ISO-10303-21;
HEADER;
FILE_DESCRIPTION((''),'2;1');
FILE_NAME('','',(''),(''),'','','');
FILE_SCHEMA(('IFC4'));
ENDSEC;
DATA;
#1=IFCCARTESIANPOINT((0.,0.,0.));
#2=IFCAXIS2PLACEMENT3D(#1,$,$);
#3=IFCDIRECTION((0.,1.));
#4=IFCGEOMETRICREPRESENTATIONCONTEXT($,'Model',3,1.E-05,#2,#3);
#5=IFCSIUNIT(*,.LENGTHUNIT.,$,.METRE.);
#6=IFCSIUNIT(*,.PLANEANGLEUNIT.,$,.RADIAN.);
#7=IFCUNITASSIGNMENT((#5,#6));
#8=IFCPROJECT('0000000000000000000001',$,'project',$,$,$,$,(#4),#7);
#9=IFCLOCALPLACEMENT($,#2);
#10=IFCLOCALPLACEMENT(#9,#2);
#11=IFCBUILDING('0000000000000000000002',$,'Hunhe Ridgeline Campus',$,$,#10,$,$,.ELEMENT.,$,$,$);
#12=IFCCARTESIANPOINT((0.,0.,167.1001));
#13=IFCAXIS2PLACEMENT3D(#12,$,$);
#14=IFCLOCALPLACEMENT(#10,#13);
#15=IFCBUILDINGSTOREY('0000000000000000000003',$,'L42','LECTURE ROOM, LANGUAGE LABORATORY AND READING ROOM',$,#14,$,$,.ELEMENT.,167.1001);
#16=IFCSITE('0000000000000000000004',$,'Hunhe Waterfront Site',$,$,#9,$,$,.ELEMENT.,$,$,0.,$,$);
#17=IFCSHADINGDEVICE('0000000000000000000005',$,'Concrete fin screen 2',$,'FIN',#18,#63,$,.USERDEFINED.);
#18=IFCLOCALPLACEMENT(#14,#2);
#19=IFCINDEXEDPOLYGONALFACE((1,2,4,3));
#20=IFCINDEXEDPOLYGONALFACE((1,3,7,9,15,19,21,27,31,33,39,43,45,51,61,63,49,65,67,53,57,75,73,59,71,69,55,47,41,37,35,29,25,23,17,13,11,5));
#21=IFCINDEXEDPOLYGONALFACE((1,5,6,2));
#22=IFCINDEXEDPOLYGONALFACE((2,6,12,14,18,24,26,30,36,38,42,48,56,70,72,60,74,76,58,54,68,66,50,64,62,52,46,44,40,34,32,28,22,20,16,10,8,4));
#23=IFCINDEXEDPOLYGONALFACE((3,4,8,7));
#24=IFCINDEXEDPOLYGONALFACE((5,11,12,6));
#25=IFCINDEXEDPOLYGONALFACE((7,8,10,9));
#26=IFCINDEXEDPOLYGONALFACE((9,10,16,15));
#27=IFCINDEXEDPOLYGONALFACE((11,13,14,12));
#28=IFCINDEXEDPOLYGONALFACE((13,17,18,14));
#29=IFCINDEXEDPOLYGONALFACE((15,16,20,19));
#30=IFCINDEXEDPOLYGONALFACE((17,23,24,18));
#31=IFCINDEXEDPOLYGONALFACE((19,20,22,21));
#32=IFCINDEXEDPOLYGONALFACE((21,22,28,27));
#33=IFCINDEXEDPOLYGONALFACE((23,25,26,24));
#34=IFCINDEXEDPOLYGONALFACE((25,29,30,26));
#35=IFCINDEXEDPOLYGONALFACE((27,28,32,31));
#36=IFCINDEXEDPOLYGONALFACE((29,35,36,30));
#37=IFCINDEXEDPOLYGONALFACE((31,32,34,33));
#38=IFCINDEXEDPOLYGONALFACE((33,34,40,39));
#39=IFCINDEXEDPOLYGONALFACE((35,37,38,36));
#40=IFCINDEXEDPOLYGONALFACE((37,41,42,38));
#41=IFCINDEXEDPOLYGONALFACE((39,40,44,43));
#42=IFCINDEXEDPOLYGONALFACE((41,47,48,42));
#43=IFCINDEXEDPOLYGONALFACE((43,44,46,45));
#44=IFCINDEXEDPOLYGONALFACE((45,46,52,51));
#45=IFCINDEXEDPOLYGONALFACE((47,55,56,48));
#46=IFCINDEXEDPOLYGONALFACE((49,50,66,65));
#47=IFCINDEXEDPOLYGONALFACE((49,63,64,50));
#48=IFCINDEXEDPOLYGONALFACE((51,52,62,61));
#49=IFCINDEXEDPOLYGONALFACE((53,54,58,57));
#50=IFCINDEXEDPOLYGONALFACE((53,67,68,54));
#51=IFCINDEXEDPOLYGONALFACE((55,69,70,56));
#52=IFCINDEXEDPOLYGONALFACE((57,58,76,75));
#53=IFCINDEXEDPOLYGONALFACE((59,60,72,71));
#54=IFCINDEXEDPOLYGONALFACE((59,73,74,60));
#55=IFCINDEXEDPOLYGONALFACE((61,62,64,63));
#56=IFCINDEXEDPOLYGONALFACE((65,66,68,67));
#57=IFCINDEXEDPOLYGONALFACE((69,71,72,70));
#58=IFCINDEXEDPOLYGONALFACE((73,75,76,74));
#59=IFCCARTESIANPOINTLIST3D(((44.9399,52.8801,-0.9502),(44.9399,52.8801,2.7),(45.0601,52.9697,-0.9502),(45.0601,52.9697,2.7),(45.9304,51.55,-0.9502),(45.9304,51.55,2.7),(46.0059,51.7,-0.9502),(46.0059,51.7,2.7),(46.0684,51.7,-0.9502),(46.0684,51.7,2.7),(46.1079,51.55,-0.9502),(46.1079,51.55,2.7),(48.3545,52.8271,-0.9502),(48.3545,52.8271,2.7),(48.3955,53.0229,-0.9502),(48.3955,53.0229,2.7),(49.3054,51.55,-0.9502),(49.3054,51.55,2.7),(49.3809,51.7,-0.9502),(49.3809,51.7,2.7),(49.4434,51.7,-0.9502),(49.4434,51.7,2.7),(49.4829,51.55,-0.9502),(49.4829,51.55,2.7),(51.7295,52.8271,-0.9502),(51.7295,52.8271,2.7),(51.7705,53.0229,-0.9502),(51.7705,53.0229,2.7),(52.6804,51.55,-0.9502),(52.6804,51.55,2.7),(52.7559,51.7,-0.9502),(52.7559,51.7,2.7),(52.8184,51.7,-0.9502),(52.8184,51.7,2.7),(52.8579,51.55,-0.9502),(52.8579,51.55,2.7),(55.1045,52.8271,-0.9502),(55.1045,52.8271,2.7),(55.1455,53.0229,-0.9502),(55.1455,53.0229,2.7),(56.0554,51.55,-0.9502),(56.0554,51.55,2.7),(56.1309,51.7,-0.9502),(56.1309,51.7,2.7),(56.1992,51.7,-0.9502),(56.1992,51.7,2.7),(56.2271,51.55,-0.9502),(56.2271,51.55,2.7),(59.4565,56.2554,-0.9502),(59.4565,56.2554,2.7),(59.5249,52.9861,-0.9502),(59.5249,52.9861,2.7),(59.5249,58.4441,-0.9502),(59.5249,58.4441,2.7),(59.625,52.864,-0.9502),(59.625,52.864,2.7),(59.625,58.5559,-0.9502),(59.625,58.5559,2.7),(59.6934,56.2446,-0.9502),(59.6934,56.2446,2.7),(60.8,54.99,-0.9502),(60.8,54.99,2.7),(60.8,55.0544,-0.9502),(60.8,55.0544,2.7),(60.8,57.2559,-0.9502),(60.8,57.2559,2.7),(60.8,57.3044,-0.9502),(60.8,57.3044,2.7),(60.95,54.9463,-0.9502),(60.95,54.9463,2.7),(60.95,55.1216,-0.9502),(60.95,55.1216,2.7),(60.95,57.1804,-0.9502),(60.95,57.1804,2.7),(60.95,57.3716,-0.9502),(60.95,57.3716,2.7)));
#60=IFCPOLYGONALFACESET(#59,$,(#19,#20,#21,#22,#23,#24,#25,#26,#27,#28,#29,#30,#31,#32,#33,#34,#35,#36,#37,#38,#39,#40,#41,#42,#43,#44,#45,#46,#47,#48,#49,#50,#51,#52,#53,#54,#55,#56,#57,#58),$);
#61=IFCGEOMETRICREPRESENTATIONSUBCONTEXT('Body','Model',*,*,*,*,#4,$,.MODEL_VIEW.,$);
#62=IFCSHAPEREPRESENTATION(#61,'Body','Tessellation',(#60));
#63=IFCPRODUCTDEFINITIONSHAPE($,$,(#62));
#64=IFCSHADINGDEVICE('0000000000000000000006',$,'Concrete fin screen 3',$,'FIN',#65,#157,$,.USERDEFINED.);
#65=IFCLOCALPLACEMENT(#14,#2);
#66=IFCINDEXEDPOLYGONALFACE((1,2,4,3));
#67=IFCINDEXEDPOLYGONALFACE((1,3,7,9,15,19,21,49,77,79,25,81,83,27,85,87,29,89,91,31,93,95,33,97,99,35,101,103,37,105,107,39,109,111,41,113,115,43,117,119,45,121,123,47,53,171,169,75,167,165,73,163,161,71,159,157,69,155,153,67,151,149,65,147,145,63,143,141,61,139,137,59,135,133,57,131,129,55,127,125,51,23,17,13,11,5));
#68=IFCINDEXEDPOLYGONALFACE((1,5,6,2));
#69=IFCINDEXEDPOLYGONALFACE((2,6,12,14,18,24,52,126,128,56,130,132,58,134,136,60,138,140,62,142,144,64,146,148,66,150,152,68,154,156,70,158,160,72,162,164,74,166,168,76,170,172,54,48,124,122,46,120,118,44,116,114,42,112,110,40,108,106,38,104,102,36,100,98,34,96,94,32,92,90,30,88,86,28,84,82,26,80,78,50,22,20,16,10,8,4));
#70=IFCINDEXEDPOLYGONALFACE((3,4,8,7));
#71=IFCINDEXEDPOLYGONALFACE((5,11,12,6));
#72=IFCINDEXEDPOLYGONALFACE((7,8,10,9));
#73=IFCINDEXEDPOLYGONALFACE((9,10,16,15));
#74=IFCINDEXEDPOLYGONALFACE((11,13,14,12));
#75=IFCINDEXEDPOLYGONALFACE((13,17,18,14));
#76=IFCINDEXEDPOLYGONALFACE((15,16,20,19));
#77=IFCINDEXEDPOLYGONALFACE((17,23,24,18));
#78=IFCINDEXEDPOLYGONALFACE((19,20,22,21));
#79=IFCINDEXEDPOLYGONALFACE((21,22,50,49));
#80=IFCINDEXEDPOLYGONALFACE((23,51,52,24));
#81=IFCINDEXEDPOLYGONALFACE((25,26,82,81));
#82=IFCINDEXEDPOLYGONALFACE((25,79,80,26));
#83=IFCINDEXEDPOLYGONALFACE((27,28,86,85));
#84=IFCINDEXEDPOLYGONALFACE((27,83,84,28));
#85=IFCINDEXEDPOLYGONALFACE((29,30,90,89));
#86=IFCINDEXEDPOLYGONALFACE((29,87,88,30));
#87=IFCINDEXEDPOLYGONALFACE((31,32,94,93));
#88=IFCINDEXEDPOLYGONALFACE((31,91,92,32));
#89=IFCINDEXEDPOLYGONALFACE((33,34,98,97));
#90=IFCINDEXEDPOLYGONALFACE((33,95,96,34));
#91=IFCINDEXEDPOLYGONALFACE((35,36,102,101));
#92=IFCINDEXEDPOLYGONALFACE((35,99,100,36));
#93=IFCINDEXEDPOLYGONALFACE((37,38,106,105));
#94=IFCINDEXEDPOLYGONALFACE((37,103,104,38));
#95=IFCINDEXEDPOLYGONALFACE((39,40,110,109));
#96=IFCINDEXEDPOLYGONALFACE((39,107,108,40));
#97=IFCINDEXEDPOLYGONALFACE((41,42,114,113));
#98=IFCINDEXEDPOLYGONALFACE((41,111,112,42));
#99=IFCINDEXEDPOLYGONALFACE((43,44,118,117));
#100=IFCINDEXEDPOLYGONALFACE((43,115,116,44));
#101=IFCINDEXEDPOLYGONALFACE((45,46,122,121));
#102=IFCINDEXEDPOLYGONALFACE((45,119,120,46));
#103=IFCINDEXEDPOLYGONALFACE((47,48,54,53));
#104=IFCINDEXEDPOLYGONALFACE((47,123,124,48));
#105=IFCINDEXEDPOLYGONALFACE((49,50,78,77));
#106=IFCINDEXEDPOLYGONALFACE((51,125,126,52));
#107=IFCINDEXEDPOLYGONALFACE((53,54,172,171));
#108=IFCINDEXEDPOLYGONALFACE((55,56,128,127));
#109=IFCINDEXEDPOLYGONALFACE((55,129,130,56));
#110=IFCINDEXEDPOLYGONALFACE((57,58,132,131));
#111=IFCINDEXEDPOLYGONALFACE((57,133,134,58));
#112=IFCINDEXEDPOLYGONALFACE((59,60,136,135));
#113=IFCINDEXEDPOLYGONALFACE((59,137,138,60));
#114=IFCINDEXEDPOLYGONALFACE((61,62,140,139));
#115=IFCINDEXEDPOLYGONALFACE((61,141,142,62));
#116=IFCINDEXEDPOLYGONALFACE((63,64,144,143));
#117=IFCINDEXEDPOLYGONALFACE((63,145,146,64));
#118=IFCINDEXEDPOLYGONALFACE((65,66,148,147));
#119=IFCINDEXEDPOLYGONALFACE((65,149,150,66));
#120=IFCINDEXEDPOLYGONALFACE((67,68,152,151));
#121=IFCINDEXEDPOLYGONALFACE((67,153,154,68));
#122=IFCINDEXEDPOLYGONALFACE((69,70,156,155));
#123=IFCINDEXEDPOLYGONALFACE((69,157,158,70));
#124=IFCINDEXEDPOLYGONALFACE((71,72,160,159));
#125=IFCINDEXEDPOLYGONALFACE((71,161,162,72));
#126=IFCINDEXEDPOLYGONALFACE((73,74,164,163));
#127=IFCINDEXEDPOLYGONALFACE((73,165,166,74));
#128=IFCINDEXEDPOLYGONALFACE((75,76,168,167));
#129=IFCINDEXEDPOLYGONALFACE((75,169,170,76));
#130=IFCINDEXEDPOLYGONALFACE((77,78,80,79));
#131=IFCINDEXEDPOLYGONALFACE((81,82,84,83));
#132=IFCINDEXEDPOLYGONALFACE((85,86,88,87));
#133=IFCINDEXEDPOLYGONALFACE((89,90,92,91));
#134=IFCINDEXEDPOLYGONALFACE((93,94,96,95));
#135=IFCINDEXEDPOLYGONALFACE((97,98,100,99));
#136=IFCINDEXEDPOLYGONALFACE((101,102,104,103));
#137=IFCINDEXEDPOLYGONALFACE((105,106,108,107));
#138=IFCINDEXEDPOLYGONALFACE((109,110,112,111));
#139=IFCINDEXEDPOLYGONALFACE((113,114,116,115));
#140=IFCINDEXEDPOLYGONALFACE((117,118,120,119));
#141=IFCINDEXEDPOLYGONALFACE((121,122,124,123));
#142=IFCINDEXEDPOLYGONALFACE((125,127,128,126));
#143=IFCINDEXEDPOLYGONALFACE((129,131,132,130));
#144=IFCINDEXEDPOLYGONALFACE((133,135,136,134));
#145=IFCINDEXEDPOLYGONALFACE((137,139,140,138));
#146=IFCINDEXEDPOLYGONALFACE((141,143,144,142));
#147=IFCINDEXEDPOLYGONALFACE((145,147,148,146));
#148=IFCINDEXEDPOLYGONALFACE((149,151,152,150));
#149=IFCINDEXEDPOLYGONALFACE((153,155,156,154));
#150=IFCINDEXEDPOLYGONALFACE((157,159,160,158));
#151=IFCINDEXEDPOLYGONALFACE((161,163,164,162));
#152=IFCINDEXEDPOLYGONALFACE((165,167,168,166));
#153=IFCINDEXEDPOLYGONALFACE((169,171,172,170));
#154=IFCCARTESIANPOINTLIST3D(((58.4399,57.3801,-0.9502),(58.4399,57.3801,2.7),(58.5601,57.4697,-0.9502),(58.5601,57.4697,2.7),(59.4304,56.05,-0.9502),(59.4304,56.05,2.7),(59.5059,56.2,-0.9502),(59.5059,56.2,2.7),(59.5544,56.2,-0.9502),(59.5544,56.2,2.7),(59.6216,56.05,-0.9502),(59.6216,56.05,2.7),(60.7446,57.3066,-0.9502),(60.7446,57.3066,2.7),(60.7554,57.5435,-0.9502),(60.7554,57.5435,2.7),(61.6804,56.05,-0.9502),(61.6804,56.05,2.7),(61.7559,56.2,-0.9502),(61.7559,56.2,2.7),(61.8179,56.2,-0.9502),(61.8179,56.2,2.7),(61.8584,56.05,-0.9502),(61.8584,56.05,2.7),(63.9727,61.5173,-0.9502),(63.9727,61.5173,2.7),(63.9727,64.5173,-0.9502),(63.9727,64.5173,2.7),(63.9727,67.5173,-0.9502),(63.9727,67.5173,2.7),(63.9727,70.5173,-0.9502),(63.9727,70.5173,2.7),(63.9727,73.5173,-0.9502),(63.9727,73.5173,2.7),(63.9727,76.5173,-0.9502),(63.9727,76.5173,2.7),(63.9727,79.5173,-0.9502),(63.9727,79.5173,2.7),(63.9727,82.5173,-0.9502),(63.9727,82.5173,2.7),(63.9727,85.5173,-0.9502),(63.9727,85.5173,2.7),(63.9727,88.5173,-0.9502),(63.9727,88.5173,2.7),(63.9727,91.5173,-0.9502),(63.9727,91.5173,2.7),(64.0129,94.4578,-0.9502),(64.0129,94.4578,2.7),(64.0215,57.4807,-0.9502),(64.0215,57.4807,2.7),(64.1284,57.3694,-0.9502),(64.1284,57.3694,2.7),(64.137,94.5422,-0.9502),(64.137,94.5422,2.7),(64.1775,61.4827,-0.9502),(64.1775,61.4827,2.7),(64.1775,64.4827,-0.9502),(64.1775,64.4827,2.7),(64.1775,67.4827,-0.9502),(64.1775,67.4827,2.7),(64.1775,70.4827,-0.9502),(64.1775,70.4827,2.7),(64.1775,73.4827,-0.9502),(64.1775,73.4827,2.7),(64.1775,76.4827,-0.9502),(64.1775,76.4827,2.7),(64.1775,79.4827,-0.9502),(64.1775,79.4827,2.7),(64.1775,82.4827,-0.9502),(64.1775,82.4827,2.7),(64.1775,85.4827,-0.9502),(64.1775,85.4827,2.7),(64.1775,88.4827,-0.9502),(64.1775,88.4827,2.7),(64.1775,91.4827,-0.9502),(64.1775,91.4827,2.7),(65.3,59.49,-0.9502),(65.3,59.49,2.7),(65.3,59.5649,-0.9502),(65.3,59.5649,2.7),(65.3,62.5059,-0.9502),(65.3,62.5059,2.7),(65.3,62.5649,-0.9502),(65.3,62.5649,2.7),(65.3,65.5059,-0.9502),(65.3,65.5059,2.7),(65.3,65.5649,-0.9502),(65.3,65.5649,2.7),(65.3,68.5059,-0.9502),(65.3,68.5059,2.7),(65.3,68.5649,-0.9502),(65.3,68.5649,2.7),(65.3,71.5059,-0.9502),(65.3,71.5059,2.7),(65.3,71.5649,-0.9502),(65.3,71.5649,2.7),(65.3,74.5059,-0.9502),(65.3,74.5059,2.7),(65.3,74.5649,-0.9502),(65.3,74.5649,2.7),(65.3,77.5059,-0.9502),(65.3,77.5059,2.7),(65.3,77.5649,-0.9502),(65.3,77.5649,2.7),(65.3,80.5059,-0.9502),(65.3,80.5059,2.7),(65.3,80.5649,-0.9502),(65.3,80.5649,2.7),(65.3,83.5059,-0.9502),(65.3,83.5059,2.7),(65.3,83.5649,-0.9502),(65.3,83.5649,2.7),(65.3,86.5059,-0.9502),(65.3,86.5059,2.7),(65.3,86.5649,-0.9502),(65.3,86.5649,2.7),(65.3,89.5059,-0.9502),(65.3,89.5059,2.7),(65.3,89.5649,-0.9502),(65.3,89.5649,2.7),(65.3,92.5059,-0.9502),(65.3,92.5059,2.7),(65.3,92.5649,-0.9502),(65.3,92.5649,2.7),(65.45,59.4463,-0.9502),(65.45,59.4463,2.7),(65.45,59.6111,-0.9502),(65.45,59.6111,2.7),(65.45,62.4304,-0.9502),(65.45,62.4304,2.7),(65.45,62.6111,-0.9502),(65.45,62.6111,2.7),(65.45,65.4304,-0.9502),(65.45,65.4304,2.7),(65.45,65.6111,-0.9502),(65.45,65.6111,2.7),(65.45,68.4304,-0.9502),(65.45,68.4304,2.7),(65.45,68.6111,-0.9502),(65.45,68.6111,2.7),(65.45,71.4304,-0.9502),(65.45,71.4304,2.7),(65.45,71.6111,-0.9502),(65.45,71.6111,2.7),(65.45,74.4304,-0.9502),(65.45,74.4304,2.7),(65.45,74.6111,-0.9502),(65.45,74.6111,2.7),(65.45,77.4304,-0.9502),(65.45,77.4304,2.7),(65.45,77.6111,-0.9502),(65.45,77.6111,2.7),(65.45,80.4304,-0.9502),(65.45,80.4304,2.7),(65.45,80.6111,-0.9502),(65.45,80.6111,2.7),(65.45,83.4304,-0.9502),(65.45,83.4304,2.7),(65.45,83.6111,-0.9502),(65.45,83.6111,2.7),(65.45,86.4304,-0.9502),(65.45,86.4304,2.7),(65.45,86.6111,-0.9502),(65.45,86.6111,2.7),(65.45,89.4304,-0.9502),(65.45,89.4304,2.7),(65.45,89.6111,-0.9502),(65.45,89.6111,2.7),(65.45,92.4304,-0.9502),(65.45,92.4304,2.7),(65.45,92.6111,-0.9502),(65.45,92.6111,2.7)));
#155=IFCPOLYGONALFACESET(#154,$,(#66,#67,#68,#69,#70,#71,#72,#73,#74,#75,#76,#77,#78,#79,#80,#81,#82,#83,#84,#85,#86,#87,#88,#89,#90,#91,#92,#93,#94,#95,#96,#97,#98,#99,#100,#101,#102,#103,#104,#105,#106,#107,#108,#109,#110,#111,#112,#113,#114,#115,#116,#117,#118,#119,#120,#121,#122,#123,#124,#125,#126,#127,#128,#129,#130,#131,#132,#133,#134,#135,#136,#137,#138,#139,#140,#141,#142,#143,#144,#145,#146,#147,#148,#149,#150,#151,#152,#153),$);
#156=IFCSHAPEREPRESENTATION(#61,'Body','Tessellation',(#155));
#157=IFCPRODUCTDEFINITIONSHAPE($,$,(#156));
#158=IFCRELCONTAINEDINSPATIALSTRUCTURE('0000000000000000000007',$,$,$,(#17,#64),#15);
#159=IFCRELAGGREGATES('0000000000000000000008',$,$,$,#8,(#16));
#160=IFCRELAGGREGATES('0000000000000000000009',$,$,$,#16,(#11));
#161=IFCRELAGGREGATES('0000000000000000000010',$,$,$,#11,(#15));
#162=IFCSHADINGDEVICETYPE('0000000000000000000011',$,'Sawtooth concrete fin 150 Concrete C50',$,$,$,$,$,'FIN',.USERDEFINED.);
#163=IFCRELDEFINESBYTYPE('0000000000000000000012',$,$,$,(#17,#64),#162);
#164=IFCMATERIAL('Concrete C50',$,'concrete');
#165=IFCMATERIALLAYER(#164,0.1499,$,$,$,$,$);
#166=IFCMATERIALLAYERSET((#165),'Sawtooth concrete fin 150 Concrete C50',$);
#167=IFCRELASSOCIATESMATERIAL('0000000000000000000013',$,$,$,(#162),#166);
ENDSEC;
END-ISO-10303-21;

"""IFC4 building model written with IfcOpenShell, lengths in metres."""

from ifc_helpers import new_model, si_unit, direction, frame, origin, place, context, subcontext, project, spatial, polyline, outline, extrude, material, layer, layer_set, type_object, element, save


model = new_model("IFC4")

# Units and contexts
model_context = context("Model", 3, precision=1e-05, world=origin(), true_north=direction((0.0, 1.0)))
body_context = subcontext(model_context, "Body", "Model", "MODEL_VIEW")
ifc_project = project(units=[si_unit("LENGTHUNIT", "METRE"), si_unit("PLANEANGLEUNIT", "RADIAN")], contexts=[model_context])

# Site, building, storey
site_placement = place(None, origin())
site = spatial("IfcSite", under=ifc_project, at=site_placement, Name="Hunhe Waterfront Site", CompositionType="ELEMENT", RefElevation=0.0)
building_placement = place(site_placement, origin())
building = spatial("IfcBuilding", under=site, at=building_placement, Name="Hunhe Ridgeline Campus", CompositionType="ELEMENT")
storey_placement = place(building_placement, frame((0.0, 0.0, 167.1001)))
storey = spatial("IfcBuildingStorey", under=building, at=storey_placement, Name="L42", Description="LECTURE ROOM, LANGUAGE LABORATORY AND READING ROOM", CompositionType="ELEMENT", Elevation=167.1001)

# Shading devices
ifc_material_1 = material(Name="Concrete C50", Category="concrete")
ifc_layer_1 = layer(ifc_material_1, 0.1499)
ifc_layer_set_1 = layer_set([ifc_layer_1], Name="Sawtooth concrete fin 150 Concrete C50")
shading_device_type = type_object("IfcShadingDeviceType", Name="Sawtooth concrete fin 150 Concrete C50", ElementType="FIN", PredefinedType="USERDEFINED", material=ifc_layer_set_1)
shading_device_1_placement = place(storey_placement, frame((0.0, 0.0, -0.9502)))
element("IfcShadingDevice", 1, at=shading_device_1_placement, inside=storey, type_object=shading_device_type, Name="Concrete fin screen 2", ObjectType="FIN", PredefinedType="USERDEFINED", context=body_context, shape_type="SweptSolid", body=[
    extrude(outline(polyline([(45.0601, 52.9697), (44.9399, 52.8801), (45.9304, 51.55), (46.1079, 51.55), (48.3545, 52.8271), (49.3054, 51.55), (49.4829, 51.55), (51.7295, 52.8271), (52.6804, 51.55), (52.8579, 51.55), (55.1045, 52.8271), (56.0554, 51.55), (56.2271, 51.55), (59.625, 52.864), (60.95, 54.9463), (60.95, 55.1216), (59.6934, 56.2446), (60.95, 57.1804), (60.95, 57.3716), (59.625, 58.5559), (59.5249, 58.4441), (60.8, 57.3044), (60.8, 57.2559), (59.4565, 56.2554), (60.8, 55.0544), (60.8, 54.99), (59.5249, 52.9861), (56.1992, 51.7), (56.1309, 51.7), (55.1455, 53.0229), (52.8184, 51.7), (52.7559, 51.7), (51.7705, 53.0229), (49.4434, 51.7), (49.3809, 51.7), (48.3955, 53.0229), (46.0684, 51.7), (46.0059, 51.7), (45.0601, 52.9697)])), origin(), (0.0, 0.0, 1.0), 3.6501),
])
shading_device_2_placement = place(storey_placement, frame((0.0, 0.0, -0.9502)))
element("IfcShadingDevice", 2, at=shading_device_2_placement, inside=storey, type_object=shading_device_type, Name="Concrete fin screen 3", ObjectType="FIN", PredefinedType="USERDEFINED", context=body_context, shape_type="SweptSolid", body=[
    extrude(outline(polyline([(58.5601, 57.4697), (58.4399, 57.3801), (59.4304, 56.05), (59.6216, 56.05), (60.7446, 57.3066), (61.6804, 56.05), (61.8584, 56.05), (64.1284, 57.3694), (65.45, 59.4463), (65.45, 59.6111), (64.1775, 61.4827), (65.45, 62.4304), (65.45, 62.6111), (64.1775, 64.4827), (65.45, 65.4304), (65.45, 65.6111), (64.1775, 67.4827), (65.45, 68.4304), (65.45, 68.6111), (64.1775, 70.4827), (65.45, 71.4304), (65.45, 71.6111), (64.1775, 73.4827), (65.45, 74.4304), (65.45, 74.6111), (64.1775, 76.4827), (65.45, 77.4304), (65.45, 77.6111), (64.1775, 79.4827), (65.45, 80.4304), (65.45, 80.6111), (64.1775, 82.4827), (65.45, 83.4304), (65.45, 83.6111), (64.1775, 85.4827), (65.45, 86.4304), (65.45, 86.6111), (64.1775, 88.4827), (65.45, 89.4304), (65.45, 89.6111), (64.1775, 91.4827), (65.45, 92.4304), (65.45, 92.6111), (64.137, 94.5422), (64.0129, 94.4578), (65.3, 92.5649), (65.3, 92.5059), (63.9727, 91.5173), (65.3, 89.5649), (65.3, 89.5059), (63.9727, 88.5173), (65.3, 86.5649), (65.3, 86.5059), (63.9727, 85.5173), (65.3, 83.5649), (65.3, 83.5059), (63.9727, 82.5173), (65.3, 80.5649), (65.3, 80.5059), (63.9727, 79.5173), (65.3, 77.5649), (65.3, 77.5059), (63.9727, 76.5173), (65.3, 74.5649), (65.3, 74.5059), (63.9727, 73.5173), (65.3, 71.5649), (65.3, 71.5059), (63.9727, 70.5173), (65.3, 68.5649), (65.3, 68.5059), (63.9727, 67.5173), (65.3, 65.5649), (65.3, 65.5059), (63.9727, 64.5173), (65.3, 62.5649), (65.3, 62.5059), (63.9727, 61.5173), (65.3, 59.5649), (65.3, 59.49), (64.0215, 57.4807), (61.8179, 56.2), (61.7559, 56.2), (60.7554, 57.5435), (59.5544, 56.2), (59.5059, 56.2), (58.5601, 57.4697)])), origin(), (0.0, 0.0, 1.0), 3.6501),
])

save(model, "model.ifc")
